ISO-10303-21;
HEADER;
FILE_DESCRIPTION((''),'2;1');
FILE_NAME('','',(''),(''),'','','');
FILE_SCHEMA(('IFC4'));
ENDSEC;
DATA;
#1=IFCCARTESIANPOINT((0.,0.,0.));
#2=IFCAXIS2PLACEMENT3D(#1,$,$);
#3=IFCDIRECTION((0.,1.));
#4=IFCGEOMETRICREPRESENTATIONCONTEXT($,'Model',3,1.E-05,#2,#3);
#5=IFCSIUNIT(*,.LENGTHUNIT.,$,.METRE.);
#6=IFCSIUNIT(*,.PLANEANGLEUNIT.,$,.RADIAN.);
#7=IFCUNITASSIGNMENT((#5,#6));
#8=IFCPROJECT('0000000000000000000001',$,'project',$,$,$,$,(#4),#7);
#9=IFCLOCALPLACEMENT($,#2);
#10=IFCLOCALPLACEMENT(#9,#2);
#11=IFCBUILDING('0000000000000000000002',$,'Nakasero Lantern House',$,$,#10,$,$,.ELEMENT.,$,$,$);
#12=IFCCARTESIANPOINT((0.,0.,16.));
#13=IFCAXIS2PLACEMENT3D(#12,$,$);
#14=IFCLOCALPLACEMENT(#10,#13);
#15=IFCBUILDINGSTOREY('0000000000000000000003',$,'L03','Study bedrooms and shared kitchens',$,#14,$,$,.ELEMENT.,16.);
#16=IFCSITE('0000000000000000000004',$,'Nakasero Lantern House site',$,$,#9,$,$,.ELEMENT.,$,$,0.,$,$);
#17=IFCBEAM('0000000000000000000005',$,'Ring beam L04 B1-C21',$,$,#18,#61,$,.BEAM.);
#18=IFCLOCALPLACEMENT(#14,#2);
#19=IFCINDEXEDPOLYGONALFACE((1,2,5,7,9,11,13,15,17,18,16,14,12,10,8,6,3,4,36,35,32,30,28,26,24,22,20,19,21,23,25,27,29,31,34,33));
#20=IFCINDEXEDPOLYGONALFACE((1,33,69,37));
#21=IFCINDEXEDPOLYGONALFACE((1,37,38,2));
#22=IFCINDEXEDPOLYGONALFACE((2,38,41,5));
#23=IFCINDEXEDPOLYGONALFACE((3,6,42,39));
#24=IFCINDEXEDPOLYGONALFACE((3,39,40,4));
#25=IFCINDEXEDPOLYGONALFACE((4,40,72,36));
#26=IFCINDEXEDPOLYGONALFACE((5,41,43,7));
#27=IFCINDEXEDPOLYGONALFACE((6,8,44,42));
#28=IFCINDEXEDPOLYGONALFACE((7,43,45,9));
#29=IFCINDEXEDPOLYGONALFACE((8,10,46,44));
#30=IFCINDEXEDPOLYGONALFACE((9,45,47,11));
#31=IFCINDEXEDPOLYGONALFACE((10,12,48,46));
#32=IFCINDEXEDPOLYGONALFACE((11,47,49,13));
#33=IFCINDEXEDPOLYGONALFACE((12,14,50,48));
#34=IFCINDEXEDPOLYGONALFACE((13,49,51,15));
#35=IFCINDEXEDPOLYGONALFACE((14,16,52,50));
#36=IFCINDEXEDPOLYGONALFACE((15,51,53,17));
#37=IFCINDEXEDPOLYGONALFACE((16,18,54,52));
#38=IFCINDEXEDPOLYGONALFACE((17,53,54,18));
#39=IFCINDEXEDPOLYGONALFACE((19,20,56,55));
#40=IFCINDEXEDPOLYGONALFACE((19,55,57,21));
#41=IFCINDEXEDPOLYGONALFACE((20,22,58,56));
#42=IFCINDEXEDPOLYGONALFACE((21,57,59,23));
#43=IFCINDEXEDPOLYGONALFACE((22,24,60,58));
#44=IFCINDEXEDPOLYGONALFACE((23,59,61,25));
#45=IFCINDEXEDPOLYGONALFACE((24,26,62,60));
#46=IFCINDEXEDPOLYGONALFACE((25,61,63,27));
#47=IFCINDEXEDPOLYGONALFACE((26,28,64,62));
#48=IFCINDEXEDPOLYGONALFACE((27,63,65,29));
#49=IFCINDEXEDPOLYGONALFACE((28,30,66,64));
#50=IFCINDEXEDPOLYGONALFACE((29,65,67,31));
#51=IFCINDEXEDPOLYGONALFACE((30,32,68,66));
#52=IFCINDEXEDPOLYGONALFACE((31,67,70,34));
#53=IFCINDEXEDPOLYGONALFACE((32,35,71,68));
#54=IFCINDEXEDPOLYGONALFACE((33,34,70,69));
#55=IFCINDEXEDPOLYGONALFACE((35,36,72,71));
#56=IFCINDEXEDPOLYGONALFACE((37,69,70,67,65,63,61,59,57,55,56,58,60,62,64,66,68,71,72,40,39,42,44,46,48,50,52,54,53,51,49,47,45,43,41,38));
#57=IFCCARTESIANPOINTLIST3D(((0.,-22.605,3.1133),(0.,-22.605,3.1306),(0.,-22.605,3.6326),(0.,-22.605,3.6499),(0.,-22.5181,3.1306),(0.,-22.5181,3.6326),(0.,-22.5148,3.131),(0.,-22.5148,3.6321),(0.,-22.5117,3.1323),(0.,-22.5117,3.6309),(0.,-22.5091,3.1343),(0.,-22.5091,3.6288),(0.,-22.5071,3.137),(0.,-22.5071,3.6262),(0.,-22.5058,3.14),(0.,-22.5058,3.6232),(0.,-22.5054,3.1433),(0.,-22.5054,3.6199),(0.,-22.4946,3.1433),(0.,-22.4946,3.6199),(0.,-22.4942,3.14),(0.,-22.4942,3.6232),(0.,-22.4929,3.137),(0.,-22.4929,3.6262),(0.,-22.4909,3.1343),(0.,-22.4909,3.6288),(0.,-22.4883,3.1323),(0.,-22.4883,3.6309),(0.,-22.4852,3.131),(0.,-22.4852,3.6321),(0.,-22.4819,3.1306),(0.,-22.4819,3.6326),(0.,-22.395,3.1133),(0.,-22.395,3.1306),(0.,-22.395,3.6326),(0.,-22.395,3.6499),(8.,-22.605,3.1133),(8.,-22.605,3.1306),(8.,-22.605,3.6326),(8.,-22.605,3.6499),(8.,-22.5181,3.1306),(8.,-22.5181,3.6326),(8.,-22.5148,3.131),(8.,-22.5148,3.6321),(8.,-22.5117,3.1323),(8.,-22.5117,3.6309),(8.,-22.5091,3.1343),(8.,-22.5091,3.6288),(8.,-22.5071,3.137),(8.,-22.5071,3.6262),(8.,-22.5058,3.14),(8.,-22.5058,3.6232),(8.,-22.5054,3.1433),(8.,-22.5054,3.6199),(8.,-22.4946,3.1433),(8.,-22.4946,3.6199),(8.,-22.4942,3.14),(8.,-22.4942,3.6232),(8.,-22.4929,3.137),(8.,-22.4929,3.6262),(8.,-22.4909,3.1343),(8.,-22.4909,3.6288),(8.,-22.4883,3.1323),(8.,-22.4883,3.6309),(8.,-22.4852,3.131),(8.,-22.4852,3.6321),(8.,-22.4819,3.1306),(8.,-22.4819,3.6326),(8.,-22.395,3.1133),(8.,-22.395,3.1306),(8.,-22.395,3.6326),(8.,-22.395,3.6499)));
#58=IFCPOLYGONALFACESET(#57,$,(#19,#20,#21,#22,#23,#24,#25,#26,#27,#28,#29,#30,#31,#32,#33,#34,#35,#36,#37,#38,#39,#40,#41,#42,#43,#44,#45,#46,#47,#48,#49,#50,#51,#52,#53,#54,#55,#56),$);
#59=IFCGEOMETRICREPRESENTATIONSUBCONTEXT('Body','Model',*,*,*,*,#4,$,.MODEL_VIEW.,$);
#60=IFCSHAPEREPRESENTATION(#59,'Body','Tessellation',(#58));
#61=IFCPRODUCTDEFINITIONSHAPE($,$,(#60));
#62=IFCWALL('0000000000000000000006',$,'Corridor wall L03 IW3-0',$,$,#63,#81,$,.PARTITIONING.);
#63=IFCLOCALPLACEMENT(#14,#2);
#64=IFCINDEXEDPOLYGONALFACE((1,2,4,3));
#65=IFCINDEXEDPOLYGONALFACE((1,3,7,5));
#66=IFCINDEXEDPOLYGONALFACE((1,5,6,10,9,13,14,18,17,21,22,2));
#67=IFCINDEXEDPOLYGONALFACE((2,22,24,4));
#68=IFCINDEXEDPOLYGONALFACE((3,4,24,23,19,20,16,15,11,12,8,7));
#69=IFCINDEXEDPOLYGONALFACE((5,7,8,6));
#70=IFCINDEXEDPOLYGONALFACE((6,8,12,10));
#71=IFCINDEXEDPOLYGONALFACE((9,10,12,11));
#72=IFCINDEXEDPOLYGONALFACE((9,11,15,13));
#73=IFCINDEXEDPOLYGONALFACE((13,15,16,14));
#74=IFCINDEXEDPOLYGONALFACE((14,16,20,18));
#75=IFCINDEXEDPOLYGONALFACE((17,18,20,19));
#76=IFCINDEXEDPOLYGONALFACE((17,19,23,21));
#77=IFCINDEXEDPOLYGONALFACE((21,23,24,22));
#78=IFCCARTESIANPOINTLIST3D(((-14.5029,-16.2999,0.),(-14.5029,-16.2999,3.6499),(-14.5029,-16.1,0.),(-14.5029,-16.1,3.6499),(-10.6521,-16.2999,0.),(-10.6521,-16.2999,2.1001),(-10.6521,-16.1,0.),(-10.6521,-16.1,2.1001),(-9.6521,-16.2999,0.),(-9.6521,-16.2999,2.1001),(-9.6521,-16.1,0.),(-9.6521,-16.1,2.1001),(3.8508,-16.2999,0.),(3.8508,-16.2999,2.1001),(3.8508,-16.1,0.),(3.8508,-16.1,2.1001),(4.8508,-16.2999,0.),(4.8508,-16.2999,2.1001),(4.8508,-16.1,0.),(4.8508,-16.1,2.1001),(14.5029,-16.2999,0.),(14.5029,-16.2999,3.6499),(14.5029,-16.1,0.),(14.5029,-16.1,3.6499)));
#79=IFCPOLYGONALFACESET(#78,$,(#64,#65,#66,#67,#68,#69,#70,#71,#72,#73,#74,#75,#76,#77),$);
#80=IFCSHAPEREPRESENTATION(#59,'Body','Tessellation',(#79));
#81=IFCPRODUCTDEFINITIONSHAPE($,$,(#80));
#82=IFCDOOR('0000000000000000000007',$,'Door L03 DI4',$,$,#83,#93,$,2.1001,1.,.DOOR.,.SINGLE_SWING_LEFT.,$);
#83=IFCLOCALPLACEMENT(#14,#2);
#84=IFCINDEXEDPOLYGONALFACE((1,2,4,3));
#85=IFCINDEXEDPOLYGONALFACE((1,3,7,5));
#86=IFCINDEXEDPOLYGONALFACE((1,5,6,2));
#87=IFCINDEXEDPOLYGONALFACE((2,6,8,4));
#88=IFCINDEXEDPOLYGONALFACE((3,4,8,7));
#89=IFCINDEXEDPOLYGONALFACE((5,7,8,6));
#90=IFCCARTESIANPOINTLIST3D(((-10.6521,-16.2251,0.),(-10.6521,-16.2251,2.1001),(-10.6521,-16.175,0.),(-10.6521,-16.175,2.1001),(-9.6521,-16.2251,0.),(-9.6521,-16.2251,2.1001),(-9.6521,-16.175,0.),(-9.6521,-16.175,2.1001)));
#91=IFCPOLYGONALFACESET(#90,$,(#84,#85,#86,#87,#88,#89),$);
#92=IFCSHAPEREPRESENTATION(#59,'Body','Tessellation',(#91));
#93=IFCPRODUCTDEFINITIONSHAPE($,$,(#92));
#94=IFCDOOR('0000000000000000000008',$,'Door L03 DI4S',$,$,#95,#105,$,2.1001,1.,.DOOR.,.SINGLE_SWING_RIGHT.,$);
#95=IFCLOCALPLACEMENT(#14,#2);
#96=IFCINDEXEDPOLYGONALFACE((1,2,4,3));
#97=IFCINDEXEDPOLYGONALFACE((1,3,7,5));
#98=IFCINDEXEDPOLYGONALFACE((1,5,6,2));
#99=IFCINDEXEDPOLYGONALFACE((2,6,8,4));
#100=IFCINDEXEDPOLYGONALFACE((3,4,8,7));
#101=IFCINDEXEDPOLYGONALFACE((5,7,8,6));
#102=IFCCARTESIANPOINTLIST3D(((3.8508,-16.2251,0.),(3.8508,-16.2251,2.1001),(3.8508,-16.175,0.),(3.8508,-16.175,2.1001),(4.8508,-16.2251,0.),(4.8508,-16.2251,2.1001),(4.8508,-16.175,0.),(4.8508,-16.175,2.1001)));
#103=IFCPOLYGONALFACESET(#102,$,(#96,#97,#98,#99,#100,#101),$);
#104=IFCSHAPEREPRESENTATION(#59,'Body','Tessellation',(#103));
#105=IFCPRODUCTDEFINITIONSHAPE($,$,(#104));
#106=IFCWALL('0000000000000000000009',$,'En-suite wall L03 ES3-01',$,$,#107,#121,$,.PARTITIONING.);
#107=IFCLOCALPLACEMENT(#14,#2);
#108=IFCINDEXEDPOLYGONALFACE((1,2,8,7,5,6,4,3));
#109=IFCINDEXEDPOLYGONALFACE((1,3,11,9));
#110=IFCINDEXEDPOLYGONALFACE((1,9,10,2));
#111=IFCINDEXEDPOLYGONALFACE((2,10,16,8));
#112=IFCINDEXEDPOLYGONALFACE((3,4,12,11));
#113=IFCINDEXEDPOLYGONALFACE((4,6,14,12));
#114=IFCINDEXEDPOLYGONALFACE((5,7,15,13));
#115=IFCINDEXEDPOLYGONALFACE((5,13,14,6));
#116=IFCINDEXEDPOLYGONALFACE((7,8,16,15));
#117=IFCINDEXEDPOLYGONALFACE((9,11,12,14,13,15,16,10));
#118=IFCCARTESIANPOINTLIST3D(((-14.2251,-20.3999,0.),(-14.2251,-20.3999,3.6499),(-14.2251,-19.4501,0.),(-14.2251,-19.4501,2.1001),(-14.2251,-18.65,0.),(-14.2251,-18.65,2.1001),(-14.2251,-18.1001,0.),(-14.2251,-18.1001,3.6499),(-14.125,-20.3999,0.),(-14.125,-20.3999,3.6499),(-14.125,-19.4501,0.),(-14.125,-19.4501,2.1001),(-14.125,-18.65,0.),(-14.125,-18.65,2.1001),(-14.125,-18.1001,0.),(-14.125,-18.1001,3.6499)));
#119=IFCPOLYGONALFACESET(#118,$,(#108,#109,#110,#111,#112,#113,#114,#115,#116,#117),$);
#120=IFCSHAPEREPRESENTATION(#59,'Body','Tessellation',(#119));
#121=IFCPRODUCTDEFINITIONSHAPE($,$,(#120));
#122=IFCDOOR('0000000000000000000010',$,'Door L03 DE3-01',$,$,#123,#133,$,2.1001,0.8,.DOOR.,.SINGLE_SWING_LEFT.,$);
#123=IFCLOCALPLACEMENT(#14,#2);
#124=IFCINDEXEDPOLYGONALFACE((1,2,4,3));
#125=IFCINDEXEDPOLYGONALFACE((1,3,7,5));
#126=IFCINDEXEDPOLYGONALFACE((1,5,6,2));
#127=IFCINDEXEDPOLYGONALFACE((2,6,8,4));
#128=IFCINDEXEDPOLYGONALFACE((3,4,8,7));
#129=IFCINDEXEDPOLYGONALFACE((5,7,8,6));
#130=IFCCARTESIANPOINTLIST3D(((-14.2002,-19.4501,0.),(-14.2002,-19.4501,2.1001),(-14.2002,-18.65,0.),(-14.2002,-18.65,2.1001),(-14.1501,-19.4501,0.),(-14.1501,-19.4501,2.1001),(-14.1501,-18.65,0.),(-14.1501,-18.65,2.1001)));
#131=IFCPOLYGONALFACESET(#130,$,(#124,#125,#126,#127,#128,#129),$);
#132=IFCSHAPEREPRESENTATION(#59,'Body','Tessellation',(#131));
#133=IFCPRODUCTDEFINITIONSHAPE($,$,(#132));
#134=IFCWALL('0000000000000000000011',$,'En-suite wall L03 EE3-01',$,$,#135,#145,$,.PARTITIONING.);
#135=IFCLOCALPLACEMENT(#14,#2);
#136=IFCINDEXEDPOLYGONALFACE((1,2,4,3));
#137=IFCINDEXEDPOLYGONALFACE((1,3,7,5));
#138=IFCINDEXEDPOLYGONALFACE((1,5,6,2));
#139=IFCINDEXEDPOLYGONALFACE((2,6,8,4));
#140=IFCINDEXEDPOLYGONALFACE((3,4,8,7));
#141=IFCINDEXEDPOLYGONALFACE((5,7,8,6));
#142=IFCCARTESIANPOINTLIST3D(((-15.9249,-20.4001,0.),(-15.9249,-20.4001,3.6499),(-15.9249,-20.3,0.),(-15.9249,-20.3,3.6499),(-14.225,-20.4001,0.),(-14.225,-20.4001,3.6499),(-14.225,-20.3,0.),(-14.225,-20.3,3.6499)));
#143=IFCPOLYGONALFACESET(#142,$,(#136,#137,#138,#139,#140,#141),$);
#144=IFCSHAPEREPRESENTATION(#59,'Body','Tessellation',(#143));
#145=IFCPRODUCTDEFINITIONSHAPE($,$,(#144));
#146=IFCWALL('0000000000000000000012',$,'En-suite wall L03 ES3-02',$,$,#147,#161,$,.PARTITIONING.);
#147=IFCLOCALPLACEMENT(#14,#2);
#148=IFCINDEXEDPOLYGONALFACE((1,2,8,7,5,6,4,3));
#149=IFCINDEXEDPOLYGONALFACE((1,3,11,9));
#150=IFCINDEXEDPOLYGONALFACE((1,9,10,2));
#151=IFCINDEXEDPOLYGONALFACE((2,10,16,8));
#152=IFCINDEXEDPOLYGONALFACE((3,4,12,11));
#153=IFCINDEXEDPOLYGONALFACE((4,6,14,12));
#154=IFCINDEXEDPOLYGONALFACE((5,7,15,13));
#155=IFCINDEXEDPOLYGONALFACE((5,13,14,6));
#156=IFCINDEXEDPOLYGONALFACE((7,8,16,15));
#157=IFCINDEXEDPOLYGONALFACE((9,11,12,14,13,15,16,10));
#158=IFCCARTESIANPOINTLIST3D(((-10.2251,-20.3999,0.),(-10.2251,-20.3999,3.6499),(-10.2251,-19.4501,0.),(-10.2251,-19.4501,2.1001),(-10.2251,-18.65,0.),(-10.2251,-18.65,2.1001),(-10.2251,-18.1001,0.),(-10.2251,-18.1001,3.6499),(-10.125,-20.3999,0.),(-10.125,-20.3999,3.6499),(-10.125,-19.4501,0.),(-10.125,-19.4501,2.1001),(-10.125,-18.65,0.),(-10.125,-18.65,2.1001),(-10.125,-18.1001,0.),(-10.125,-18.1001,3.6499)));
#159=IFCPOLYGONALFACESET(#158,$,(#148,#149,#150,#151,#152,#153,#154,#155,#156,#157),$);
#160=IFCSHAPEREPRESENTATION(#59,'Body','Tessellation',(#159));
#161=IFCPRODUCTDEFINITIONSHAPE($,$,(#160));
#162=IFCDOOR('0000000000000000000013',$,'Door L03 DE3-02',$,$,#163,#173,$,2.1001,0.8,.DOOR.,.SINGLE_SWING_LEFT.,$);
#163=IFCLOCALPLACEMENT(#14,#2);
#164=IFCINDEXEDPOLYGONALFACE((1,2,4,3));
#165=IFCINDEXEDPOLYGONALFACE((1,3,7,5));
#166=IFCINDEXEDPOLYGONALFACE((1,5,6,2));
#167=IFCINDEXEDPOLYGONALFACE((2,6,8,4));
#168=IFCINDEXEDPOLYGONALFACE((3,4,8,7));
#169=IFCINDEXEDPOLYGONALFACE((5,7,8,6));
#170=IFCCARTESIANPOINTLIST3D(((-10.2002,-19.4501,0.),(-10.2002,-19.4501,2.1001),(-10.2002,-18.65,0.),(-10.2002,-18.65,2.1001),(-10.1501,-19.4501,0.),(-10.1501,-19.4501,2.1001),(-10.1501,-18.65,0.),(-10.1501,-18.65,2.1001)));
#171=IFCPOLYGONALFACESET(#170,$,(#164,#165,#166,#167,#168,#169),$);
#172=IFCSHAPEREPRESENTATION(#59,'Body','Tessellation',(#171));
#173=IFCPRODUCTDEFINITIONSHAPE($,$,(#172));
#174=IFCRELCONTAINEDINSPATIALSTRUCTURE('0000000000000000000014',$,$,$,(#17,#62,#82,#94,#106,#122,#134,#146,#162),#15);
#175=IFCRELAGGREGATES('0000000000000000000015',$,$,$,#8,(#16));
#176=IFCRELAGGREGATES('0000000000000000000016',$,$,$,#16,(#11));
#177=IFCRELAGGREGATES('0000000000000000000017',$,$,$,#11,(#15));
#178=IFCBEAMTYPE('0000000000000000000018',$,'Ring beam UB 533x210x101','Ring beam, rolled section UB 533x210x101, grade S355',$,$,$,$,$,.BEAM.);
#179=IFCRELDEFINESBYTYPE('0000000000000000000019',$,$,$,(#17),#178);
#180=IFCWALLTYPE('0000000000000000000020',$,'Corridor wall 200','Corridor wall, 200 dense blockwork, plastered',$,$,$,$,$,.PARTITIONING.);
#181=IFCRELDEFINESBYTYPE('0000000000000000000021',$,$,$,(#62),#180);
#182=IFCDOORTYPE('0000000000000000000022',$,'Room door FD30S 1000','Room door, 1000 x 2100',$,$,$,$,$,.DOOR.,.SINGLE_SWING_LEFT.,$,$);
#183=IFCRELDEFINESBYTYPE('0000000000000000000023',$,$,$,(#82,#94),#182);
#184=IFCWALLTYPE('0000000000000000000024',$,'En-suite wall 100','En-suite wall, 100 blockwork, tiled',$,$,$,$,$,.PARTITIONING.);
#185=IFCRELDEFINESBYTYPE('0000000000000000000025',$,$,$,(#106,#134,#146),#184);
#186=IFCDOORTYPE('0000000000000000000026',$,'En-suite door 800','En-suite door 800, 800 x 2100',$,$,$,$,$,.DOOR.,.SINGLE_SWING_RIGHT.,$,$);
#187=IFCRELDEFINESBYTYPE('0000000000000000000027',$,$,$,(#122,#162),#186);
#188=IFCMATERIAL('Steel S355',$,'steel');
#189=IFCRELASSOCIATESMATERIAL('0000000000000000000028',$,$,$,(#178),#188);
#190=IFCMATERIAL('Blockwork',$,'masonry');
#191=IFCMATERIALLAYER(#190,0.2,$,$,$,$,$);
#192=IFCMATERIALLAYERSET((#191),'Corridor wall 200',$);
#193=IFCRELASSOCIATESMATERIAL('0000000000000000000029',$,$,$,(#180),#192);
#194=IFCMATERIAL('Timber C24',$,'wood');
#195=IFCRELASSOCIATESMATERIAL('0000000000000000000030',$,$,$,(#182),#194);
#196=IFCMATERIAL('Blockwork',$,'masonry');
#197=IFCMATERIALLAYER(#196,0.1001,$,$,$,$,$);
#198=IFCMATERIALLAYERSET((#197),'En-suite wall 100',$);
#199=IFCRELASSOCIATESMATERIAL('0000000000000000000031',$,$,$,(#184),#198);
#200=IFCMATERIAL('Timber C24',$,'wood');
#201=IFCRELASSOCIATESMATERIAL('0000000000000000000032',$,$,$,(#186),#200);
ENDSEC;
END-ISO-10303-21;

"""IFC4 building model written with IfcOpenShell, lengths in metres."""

from ifc_helpers import new_model, si_unit, direction, frame, frame_2d, origin, origin_2d, place, context, subcontext, project, spatial, rectangle, i_section, extrude, material, layer, layer_set, material_profile, profile_set, type_object, element, fill, save


model = new_model("IFC4")

# Units and contexts
model_context = context("Model", 3, precision=1e-05, world=origin(), true_north=direction((0.0, 1.0)))
body_context = subcontext(model_context, "Body", "Model", "MODEL_VIEW")
ifc_project = project(units=[si_unit("LENGTHUNIT", "METRE"), si_unit("PLANEANGLEUNIT", "RADIAN")], contexts=[model_context])

# Site, building, storey
site_placement = place(None, origin())
site = spatial("IfcSite", under=ifc_project, at=site_placement, Name="Nakasero Lantern House site", CompositionType="ELEMENT", RefElevation=0.0)
building_placement = place(site_placement, origin())
building = spatial("IfcBuilding", under=site, at=building_placement, Name="Nakasero Lantern House", CompositionType="ELEMENT")
storey_placement = place(building_placement, frame((0.0, 0.0, 16.0)))
storey = spatial("IfcBuildingStorey", under=building, at=storey_placement, Name="L03", Description="Study bedrooms and shared kitchens", CompositionType="ELEMENT", Elevation=16.0)

# Beam
ifc_material_1 = material(Name="Steel S355", Category="steel")
ifc_material_profile_1 = material_profile(ifc_material_1, i_section(OverallWidth=0.21, OverallDepth=0.5366, WebThickness=0.0107, FlangeThickness=0.0173, FilletRadius=0.0127, at=origin_2d()), Name="UB 533x210x101")
ifc_profile_set_1 = profile_set([ifc_material_profile_1], Name="Steel S355")
beam_type_1 = type_object("IfcBeamType", Name="Ring beam UB 533x210x101", Description="Ring beam, rolled section UB 533x210x101, grade S355", PredefinedType="BEAM", material=ifc_profile_set_1)
for number, where, z_axis, x_axis, name in (
    (1, (0.0, -22.5, 3.3816), (1.0, 0.0, 0.0), (0.0, 1.0, 0.0), "Ring beam L04 B1-C21"),
):
    element("IfcBeam", number, at=place(storey_placement, frame(where, z_axis=z_axis, x_axis=x_axis)), inside=storey, type_object=beam_type_1, Name=name, PredefinedType="BEAM", context=body_context, shape_type="SweptSolid", body=[
        extrude(i_section(OverallWidth=0.21, OverallDepth=0.5366, WebThickness=0.0107, FlangeThickness=0.0173, FilletRadius=0.0127, at=origin_2d()), origin(), (0.0, 0.0, 1.0), 8.0),
    ])

# Wall, openings, doors
ifc_material_2 = material(Name="Blockwork", Category="masonry")
ifc_layer_1 = layer(ifc_material_2, 0.2)
ifc_layer_set_1 = layer_set([ifc_layer_1], Name="Corridor wall 200")
wall_type_1 = type_object("IfcWallType", Name="Corridor wall 200", Description="Corridor wall, 200 dense blockwork, plastered", PredefinedType="PARTITIONING", material=ifc_layer_set_1)
wall_1_placement = place(storey_placement, frame((-14.5029, -16.2, 0.0), z_axis=(0.0, 0.0, 1.0), x_axis=(1.0, 0.0, 0.0)))
wall_1 = element("IfcWall", 2, at=wall_1_placement, inside=storey, type_object=wall_type_1, Name="Corridor wall L03 IW3-0", PredefinedType="PARTITIONING", context=body_context, shape_type="SweptSolid", body=[
    extrude(rectangle(XDim=29.0059, YDim=0.2, at=frame_2d((14.5029, 0.0))), origin(), (0.0, 0.0, 1.0), 3.6499),
])
opening_1_placement = place(wall_1_placement, frame((3.8508, 0.0, 0.0)))
opening_1 = element("IfcOpeningElement", 3, at=opening_1_placement, cuts=wall_1, PredefinedType="OPENING", context=body_context, shape_type="SweptSolid", body=[
    extrude(rectangle(XDim=1.0, YDim=2.1001, at=frame_2d((0.5, 1.05))), frame((0.0, 0.1199, 0.0), z_axis=(0.0, -1.0, 0.0), x_axis=(1.0, 0.0, 0.0)), (0.0, 0.0, 1.0), 0.24),
])
opening_2_placement = place(wall_1_placement, frame((18.3538, 0.0, 0.0)))
opening_2 = element("IfcOpeningElement", 4, at=opening_2_placement, cuts=wall_1, PredefinedType="OPENING", context=body_context, shape_type="SweptSolid", body=[
    extrude(rectangle(XDim=1.0, YDim=2.1001, at=frame_2d((0.5, 1.05))), frame((0.0, 0.1199, 0.0), z_axis=(0.0, -1.0, 0.0), x_axis=(1.0, 0.0, 0.0)), (0.0, 0.0, 1.0), 0.24),
])
ifc_material_3 = material(Name="Timber C24", Category="wood")
door_type_1 = type_object("IfcDoorType", Name="Room door FD30S 1000", Description="Room door, 1000 x 2100", OperationType="SINGLE_SWING_LEFT", PredefinedType="DOOR", material=ifc_material_3)
door_1_placement = place(opening_1_placement, origin())
door_1 = element("IfcDoor", 5, at=door_1_placement, inside=storey, type_object=door_type_1, Name="Door L03 DI4", OperationType="SINGLE_SWING_LEFT", OverallHeight=2.1001, OverallWidth=1.0, PredefinedType="DOOR", context=body_context, shape_type="SweptSolid", body=[
    extrude(rectangle(XDim=1.0, YDim=2.1001, at=frame_2d((0.5, 1.05))), frame((0.0, 0.0249, 0.0), z_axis=(0.0, -1.0, 0.0), x_axis=(1.0, 0.0, 0.0)), (0.0, 0.0, 1.0), 0.05),
])
fill(opening_1, door_1)
door_2_placement = place(opening_2_placement, origin())
door_2 = element("IfcDoor", 6, at=door_2_placement, inside=storey, type_object=door_type_1, Name="Door L03 DI4S", OperationType="SINGLE_SWING_RIGHT", OverallHeight=2.1001, OverallWidth=1.0, PredefinedType="DOOR", context=body_context, shape_type="SweptSolid", body=[
    extrude(rectangle(XDim=1.0, YDim=2.1001, at=frame_2d((0.5, 1.05))), frame((0.0, 0.0249, 0.0), z_axis=(0.0, -1.0, 0.0), x_axis=(1.0, 0.0, 0.0)), (0.0, 0.0, 1.0), 0.05),
])
fill(opening_2, door_2)

# Wall, opening, door
ifc_material_4 = material(Name="Blockwork", Category="masonry")
ifc_layer_2 = layer(ifc_material_4, 0.1001)
ifc_layer_set_2 = layer_set([ifc_layer_2], Name="En-suite wall 100")
wall_type_2 = type_object("IfcWallType", Name="En-suite wall 100", Description="En-suite wall, 100 blockwork, tiled", PredefinedType="PARTITIONING", material=ifc_layer_set_2)
wall_2_placement = place(storey_placement, frame((-14.175, -18.1001, 0.0), z_axis=(0.0, 0.0, 1.0), x_axis=(0.0, -1.0, 0.0)))
wall_2 = element("IfcWall", 7, at=wall_2_placement, inside=storey, type_object=wall_type_2, Name="En-suite wall L03 ES3-01", PredefinedType="PARTITIONING", context=body_context, shape_type="SweptSolid", body=[
    extrude(rectangle(XDim=2.2998, YDim=0.1001, at=frame_2d((1.1499, 0.0))), origin(), (0.0, 0.0, 1.0), 3.6499),
])
opening_3_placement = place(wall_2_placement, frame((0.55, 0.0, 0.0)))
opening_3 = element("IfcOpeningElement", 8, at=opening_3_placement, cuts=wall_2, PredefinedType="OPENING", context=body_context, shape_type="SweptSolid", body=[
    extrude(rectangle(XDim=0.8, YDim=2.1001, at=frame_2d((0.3999, 1.05))), frame((0.0, 0.0701, 0.0), z_axis=(0.0, -1.0, 0.0), x_axis=(1.0, 0.0, 0.0)), (0.0, 0.0, 1.0), 0.1401),
])
ifc_material_5 = material(Name="Timber C24", Category="wood")
door_type_2 = type_object("IfcDoorType", Name="En-suite door 800", Description="En-suite door 800, 800 x 2100", OperationType="SINGLE_SWING_RIGHT", PredefinedType="DOOR", material=ifc_material_5)
door_3_placement = place(opening_3_placement, origin())
door_3 = element("IfcDoor", 9, at=door_3_placement, inside=storey, type_object=door_type_2, Name="Door L03 DE3-01", OperationType="SINGLE_SWING_LEFT", OverallHeight=2.1001, OverallWidth=0.8, PredefinedType="DOOR", context=body_context, shape_type="SweptSolid", body=[
    extrude(rectangle(XDim=0.8, YDim=2.1001, at=frame_2d((0.3999, 1.05))), frame((0.0, 0.0249, 0.0), z_axis=(0.0, -1.0, 0.0), x_axis=(1.0, 0.0, 0.0)), (0.0, 0.0, 1.0), 0.05),
])
fill(opening_3, door_3)

# Wall
wall_3_placement = place(storey_placement, frame((-15.925, -20.3501, 0.0), z_axis=(0.0, 0.0, 1.0), x_axis=(1.0, 0.0, 0.0)))
element("IfcWall", 10, at=wall_3_placement, inside=storey, type_object=wall_type_2, Name="En-suite wall L03 EE3-01", PredefinedType="PARTITIONING", context=body_context, shape_type="SweptSolid", body=[
    extrude(rectangle(XDim=1.7, YDim=0.1001, at=frame_2d((0.8501, 0.0))), origin(), (0.0, 0.0, 1.0), 3.6499),
])

# Wall, opening, door
wall_4_placement = place(storey_placement, frame((-10.175, -18.1001, 0.0), z_axis=(0.0, 0.0, 1.0), x_axis=(0.0, -1.0, 0.0)))
wall_4 = element("IfcWall", 11, at=wall_4_placement, inside=storey, type_object=wall_type_2, Name="En-suite wall L03 ES3-02", PredefinedType="PARTITIONING", context=body_context, shape_type="SweptSolid", body=[
    extrude(rectangle(XDim=2.2998, YDim=0.1001, at=frame_2d((1.1499, 0.0))), origin(), (0.0, 0.0, 1.0), 3.6499),
])
opening_4_placement = place(wall_4_placement, frame((0.55, 0.0, 0.0)))
opening_4 = element("IfcOpeningElement", 12, at=opening_4_placement, cuts=wall_4, PredefinedType="OPENING", context=body_context, shape_type="SweptSolid", body=[
    extrude(rectangle(XDim=0.8, YDim=2.1001, at=frame_2d((0.3999, 1.05))), frame((0.0, 0.0701, 0.0), z_axis=(0.0, -1.0, 0.0), x_axis=(1.0, 0.0, 0.0)), (0.0, 0.0, 1.0), 0.1401),
])
door_4_placement = place(opening_4_placement, origin())
door_4 = element("IfcDoor", 13, at=door_4_placement, inside=storey, type_object=door_type_2, Name="Door L03 DE3-02", OperationType="SINGLE_SWING_LEFT", OverallHeight=2.1001, OverallWidth=0.8, PredefinedType="DOOR", context=body_context, shape_type="SweptSolid", body=[
    extrude(rectangle(XDim=0.8, YDim=2.1001, at=frame_2d((0.3999, 1.05))), frame((0.0, 0.0249, 0.0), z_axis=(0.0, -1.0, 0.0), x_axis=(1.0, 0.0, 0.0)), (0.0, 0.0, 1.0), 0.05),
])
fill(opening_4, door_4)

save(model, "model.ifc")
